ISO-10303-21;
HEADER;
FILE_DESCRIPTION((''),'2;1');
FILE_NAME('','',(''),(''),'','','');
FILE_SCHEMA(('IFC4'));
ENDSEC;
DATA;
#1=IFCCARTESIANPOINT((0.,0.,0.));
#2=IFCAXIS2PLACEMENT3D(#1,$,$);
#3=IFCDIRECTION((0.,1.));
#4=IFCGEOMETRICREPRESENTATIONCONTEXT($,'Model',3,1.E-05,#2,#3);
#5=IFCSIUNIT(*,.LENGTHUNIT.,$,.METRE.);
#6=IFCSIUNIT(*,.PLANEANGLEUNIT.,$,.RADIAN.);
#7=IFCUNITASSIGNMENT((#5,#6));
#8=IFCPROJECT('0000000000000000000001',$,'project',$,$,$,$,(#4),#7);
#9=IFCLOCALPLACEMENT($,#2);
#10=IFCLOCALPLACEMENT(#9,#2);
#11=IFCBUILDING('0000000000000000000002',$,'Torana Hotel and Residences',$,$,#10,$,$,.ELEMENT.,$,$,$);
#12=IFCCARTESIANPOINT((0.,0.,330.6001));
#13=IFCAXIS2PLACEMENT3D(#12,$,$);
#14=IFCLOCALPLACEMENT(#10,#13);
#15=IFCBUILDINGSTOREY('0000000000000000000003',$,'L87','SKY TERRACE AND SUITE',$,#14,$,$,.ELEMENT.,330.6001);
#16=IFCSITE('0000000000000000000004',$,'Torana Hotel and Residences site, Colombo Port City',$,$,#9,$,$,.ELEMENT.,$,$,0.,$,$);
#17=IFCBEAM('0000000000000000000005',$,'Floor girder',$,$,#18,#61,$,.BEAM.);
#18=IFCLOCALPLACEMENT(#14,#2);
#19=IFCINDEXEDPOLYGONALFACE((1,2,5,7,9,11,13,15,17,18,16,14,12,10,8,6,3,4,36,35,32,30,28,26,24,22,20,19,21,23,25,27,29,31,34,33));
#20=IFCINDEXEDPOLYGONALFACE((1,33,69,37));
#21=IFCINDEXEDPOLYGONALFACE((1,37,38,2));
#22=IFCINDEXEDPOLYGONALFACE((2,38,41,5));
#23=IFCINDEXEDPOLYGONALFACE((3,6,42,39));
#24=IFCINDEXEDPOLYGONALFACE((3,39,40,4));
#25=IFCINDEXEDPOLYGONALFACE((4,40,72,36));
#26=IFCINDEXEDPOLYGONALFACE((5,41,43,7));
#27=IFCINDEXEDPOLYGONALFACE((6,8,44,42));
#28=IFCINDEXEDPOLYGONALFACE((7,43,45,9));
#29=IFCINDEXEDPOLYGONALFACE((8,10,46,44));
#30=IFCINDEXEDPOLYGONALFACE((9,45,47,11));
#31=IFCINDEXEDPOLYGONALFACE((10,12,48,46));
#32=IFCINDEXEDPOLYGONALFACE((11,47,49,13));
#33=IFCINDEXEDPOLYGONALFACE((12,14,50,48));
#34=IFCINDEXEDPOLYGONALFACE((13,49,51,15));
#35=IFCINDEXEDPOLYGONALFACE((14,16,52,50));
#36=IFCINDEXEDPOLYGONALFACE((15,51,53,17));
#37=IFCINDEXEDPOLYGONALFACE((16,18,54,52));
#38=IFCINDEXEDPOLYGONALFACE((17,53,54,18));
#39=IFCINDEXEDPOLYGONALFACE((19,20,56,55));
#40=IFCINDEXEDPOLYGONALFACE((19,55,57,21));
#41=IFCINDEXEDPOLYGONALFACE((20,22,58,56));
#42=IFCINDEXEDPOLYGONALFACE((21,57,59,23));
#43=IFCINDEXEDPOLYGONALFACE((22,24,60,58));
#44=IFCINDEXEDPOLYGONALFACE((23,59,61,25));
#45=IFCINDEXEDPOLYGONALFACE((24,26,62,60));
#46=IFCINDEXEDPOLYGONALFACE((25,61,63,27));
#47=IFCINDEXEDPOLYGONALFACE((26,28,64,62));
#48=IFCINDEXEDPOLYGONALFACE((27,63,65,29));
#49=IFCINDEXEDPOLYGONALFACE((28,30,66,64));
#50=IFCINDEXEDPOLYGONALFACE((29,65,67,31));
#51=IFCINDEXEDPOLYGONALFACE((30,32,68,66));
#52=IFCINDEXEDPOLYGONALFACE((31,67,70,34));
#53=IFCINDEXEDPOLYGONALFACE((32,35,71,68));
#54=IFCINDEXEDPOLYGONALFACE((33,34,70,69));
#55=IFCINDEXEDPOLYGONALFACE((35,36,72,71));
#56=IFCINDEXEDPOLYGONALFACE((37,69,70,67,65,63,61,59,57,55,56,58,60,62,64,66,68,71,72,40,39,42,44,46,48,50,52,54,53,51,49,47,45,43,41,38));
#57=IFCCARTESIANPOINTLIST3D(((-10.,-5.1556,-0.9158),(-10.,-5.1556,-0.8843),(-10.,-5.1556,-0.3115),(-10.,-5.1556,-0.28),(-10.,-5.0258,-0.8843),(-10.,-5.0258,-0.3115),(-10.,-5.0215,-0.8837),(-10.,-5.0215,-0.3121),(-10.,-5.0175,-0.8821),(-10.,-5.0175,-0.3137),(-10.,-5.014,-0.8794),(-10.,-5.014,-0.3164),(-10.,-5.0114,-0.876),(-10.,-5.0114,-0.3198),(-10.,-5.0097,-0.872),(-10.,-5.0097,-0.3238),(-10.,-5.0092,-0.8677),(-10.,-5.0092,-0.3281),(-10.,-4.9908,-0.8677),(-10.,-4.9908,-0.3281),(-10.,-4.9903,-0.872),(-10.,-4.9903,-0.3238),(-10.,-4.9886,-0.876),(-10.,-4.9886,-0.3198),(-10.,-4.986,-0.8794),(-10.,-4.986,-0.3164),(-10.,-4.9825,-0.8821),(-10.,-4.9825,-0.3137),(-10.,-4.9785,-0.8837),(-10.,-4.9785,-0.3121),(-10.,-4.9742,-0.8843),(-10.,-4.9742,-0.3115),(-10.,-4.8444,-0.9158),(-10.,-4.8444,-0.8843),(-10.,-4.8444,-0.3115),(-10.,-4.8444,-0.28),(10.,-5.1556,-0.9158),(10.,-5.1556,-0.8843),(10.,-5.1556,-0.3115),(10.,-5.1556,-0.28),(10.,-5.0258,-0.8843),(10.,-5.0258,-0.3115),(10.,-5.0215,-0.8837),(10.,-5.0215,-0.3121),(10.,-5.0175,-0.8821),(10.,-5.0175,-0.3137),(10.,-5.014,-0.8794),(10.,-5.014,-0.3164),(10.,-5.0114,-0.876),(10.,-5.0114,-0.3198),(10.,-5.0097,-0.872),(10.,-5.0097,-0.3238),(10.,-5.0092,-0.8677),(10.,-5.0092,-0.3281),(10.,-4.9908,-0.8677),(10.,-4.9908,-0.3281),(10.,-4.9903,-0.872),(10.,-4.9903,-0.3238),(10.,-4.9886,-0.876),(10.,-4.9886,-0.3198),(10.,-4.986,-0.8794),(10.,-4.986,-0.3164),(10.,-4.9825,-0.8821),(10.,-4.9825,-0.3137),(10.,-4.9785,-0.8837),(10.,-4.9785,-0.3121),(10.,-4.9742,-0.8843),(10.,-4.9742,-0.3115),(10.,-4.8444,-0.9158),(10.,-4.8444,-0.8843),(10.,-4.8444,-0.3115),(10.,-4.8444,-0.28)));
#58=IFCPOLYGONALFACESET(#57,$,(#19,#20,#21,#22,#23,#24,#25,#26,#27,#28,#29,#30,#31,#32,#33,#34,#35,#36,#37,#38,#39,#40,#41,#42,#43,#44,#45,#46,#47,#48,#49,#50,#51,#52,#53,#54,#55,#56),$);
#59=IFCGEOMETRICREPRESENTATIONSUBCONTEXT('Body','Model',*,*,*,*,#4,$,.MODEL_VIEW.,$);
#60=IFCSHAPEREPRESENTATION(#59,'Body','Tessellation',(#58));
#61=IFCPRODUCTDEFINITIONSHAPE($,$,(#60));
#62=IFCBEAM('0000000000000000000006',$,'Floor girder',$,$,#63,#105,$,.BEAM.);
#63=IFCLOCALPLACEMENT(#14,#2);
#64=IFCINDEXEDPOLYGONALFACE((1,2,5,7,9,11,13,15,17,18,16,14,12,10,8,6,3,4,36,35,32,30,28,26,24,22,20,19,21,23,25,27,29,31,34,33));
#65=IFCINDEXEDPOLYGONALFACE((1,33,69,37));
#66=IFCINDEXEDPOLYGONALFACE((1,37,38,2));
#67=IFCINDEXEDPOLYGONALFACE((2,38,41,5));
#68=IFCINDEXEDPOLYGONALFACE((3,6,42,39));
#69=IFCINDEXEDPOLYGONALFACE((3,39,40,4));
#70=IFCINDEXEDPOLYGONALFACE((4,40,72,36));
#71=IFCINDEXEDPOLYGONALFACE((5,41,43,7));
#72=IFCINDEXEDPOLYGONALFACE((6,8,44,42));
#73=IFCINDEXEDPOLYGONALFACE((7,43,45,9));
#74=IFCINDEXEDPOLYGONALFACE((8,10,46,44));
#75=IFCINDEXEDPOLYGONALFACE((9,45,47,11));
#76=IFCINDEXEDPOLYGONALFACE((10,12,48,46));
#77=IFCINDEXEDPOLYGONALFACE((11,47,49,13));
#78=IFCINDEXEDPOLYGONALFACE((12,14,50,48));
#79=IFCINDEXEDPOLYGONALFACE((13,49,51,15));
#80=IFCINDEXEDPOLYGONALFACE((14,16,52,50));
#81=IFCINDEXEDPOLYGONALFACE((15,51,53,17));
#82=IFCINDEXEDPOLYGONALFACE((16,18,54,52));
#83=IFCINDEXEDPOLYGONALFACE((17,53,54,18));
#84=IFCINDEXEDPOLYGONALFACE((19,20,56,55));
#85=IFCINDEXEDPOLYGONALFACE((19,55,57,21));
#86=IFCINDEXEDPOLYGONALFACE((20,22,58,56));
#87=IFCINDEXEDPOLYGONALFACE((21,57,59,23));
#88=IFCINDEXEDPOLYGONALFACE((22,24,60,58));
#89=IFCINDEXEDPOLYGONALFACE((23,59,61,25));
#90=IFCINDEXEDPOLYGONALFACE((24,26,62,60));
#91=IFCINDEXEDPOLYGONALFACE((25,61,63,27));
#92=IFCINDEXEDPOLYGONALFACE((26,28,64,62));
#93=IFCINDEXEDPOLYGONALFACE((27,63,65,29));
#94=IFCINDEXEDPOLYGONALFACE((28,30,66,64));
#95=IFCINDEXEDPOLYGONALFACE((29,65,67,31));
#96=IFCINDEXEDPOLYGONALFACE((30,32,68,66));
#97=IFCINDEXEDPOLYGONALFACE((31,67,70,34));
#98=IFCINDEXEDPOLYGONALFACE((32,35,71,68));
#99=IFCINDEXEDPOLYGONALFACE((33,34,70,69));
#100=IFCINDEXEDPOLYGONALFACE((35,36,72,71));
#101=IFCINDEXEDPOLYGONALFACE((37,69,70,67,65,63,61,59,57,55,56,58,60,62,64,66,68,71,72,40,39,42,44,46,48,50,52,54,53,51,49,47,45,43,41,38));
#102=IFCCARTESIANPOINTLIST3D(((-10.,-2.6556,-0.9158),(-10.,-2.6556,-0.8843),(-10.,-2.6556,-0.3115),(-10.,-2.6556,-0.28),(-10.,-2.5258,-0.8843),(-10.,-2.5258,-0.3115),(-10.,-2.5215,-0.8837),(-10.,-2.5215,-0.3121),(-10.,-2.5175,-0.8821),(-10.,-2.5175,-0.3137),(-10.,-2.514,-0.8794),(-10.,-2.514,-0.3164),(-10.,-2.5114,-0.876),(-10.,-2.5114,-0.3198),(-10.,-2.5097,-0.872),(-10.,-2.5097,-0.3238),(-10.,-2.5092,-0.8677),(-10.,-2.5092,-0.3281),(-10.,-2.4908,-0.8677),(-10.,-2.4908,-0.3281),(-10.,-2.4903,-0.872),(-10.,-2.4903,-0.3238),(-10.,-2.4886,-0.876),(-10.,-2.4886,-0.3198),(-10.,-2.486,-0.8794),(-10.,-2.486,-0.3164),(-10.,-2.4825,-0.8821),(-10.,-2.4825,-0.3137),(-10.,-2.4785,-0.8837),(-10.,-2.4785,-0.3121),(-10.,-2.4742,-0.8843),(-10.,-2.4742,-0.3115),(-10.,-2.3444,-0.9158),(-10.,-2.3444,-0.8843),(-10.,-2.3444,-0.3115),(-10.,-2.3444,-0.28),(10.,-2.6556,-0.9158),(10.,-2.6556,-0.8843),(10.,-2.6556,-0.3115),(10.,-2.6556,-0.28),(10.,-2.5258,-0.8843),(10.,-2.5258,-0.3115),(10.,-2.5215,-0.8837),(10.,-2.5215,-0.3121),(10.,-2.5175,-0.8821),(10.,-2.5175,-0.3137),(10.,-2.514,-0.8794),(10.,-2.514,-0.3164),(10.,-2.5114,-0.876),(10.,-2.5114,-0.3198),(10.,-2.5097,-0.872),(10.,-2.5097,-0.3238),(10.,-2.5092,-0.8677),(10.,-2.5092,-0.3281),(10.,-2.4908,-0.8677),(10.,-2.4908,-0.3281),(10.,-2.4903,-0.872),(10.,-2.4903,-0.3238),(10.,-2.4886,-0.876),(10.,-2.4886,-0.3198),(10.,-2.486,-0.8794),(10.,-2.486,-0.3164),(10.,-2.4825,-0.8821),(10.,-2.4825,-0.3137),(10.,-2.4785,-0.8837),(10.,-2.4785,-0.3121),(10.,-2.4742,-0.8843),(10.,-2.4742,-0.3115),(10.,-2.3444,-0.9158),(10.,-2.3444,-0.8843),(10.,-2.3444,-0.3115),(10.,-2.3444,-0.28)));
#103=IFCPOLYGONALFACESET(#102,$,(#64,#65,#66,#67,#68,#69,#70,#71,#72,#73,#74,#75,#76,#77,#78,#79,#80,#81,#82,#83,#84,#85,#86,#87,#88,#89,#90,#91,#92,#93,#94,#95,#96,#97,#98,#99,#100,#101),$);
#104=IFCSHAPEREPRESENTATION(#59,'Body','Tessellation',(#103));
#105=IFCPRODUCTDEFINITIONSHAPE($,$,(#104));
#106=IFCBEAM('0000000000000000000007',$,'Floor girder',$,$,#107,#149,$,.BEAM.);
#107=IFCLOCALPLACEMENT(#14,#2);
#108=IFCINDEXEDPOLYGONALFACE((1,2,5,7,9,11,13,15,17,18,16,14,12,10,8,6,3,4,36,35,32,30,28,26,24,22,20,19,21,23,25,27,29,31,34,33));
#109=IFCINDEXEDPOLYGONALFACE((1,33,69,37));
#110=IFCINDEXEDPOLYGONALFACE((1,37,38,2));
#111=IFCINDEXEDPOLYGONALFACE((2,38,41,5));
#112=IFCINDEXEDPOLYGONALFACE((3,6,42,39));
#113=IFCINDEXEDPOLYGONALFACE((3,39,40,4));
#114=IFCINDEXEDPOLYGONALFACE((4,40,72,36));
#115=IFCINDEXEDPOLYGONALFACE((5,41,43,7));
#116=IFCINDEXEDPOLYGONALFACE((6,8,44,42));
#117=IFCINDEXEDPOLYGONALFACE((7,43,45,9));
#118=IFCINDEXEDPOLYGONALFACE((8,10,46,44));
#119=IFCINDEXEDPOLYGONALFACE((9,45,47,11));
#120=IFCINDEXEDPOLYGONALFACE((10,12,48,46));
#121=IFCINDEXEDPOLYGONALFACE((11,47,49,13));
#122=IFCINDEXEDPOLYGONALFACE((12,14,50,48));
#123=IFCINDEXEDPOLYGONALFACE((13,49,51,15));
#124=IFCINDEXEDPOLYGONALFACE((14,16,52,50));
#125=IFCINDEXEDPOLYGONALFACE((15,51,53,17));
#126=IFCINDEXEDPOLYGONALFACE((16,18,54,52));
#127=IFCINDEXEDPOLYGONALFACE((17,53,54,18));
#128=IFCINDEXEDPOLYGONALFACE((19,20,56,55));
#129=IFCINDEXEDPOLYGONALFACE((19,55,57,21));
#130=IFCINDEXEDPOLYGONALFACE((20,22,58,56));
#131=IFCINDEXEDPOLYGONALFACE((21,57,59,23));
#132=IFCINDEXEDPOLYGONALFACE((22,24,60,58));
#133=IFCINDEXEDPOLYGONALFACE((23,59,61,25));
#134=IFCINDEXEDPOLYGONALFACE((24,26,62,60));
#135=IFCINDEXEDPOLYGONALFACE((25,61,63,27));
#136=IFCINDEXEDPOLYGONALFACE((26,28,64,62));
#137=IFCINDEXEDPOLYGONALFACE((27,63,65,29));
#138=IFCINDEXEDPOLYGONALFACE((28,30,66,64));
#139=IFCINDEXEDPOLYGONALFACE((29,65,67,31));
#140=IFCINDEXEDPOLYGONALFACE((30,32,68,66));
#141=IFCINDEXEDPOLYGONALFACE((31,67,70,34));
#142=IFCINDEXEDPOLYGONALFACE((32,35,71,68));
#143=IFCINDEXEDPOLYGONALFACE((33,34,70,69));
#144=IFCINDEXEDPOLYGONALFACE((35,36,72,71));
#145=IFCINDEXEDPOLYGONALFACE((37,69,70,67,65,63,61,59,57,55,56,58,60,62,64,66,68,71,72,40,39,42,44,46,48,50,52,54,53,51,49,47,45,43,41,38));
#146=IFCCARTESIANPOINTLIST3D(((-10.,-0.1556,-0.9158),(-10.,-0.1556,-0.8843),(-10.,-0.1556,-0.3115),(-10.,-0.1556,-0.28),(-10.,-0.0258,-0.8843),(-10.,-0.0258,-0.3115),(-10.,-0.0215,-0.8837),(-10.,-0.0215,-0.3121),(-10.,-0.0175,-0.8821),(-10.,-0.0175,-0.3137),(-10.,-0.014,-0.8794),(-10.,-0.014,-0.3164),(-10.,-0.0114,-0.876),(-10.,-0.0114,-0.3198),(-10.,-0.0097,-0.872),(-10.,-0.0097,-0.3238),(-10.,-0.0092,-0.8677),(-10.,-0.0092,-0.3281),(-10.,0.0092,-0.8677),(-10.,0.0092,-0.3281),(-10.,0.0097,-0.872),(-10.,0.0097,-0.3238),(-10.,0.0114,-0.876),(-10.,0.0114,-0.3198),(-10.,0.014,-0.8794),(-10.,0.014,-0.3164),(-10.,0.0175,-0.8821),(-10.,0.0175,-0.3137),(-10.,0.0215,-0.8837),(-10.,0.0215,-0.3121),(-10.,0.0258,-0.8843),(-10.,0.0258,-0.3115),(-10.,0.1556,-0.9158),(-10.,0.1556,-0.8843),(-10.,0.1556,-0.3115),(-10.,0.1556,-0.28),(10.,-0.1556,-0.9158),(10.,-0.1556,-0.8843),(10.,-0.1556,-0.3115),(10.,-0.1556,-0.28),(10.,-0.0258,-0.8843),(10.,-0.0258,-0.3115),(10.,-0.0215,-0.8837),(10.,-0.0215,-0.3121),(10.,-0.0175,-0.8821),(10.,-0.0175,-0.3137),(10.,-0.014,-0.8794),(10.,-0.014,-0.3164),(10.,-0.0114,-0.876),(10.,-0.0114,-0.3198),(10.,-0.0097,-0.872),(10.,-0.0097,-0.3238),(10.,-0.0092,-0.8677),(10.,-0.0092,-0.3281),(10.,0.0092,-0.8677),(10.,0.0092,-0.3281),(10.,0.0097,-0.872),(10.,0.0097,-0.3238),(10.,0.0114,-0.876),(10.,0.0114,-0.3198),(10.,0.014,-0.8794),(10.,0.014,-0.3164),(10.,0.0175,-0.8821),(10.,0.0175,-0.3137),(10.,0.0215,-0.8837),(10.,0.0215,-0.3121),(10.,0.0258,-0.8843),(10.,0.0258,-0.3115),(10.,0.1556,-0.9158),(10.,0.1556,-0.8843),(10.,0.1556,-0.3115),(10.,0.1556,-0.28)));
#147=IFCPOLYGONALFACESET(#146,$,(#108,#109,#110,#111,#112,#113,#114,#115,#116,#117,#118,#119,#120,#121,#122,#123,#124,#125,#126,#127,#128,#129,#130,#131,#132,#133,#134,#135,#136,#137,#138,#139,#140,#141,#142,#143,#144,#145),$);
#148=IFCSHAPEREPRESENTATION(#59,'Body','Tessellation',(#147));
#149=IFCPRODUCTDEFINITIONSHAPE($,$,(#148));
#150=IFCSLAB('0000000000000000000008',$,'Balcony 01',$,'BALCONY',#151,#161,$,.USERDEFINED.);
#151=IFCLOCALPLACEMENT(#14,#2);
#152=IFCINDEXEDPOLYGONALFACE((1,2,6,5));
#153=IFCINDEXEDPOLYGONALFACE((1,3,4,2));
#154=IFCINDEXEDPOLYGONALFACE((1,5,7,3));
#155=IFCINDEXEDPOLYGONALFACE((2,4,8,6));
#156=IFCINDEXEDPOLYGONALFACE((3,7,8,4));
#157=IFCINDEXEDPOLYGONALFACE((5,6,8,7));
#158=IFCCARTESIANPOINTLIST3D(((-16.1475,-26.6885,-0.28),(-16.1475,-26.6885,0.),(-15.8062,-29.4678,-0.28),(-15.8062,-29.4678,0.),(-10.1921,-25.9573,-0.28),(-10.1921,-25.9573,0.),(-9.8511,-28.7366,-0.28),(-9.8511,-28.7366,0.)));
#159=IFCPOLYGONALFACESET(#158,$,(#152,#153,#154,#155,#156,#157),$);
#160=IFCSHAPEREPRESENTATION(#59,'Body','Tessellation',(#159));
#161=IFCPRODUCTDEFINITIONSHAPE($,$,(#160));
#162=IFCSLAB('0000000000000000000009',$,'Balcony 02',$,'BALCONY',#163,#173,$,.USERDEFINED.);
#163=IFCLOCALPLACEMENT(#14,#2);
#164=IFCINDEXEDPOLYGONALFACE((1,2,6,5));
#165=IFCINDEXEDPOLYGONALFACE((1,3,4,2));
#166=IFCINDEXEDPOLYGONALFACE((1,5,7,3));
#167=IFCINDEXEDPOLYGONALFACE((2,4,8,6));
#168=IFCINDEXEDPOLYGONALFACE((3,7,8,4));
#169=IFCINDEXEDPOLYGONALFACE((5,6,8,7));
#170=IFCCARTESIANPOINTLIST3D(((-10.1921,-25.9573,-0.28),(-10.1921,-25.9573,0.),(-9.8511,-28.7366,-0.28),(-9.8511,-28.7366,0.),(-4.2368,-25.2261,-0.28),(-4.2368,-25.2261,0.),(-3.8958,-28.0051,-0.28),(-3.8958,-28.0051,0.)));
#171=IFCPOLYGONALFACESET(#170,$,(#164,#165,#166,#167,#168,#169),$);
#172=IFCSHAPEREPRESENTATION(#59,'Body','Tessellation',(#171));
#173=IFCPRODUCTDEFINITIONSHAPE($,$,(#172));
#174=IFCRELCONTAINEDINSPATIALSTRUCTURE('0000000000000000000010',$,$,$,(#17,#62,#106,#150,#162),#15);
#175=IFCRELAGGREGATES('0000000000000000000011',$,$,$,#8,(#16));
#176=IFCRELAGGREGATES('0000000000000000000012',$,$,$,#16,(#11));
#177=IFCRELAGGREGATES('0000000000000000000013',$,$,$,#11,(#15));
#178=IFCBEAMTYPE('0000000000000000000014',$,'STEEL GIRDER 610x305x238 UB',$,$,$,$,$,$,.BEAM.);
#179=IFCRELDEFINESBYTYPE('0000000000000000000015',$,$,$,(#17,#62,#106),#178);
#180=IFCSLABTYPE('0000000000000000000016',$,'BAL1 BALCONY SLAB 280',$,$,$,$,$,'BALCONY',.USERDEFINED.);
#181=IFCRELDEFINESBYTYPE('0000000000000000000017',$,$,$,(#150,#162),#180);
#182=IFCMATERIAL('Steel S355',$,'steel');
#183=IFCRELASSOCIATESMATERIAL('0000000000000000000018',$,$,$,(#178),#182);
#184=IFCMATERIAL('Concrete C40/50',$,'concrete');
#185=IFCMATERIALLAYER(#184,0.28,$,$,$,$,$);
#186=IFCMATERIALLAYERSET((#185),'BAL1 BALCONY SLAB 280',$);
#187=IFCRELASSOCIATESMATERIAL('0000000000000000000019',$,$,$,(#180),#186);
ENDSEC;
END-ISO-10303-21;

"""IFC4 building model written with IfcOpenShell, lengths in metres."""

from ifc_helpers import new_model, si_unit, direction, frame, origin, origin_2d, place, context, subcontext, project, spatial, polyline, i_section, outline, extrude, material, layer, layer_set, material_profile, profile_set, type_object, element, save


model = new_model("IFC4")

# Units and contexts
model_context = context("Model", 3, precision=1e-05, world=origin(), true_north=direction((0.0, 1.0)))
body_context = subcontext(model_context, "Body", "Model", "MODEL_VIEW")
ifc_project = project(units=[si_unit("LENGTHUNIT", "METRE"), si_unit("PLANEANGLEUNIT", "RADIAN")], contexts=[model_context])

# Site, building, storey
site_placement = place(None, origin())
site = spatial("IfcSite", under=ifc_project, at=site_placement, Name="Torana Hotel and Residences site, Colombo Port City", CompositionType="ELEMENT", RefElevation=0.0)
building_placement = place(site_placement, origin())
building = spatial("IfcBuilding", under=site, at=building_placement, Name="Torana Hotel and Residences", CompositionType="ELEMENT")
storey_placement = place(building_placement, frame((0.0, 0.0, 330.6001)))
storey = spatial("IfcBuildingStorey", under=building, at=storey_placement, Name="L87", Description="SKY TERRACE AND SUITE", CompositionType="ELEMENT", Elevation=330.6001)

# Beams
ifc_material_1 = material(Name="Steel S355", Category="steel")
ifc_material_profile = material_profile(ifc_material_1, i_section(OverallWidth=0.3113, OverallDepth=0.6357, WebThickness=0.0183, FlangeThickness=0.0315, FilletRadius=0.0166, at=origin_2d()), Name="610x305x238 UB")
ifc_profile_set = profile_set([ifc_material_profile], Name="Steel S355")
beam_type = type_object("IfcBeamType", Name="STEEL GIRDER 610x305x238 UB", PredefinedType="BEAM", material=ifc_profile_set)
for number, where, z_axis, x_axis, name in (
    (1, (-10.0, -5.0, -0.5979), (1.0, 0.0, 0.0), (0.0, 1.0, 0.0), "Floor girder"),
    (2, (-10.0, -2.5, -0.5979), (1.0, 0.0, 0.0), (0.0, 1.0, 0.0), "Floor girder"),
    (3, (-10.0, 0.0, -0.5979), (1.0, 0.0, 0.0), (0.0, 1.0, 0.0), "Floor girder"),
):
    element("IfcBeam", number, at=place(storey_placement, frame(where, z_axis=z_axis, x_axis=x_axis)), inside=storey, type_object=beam_type, Name=name, PredefinedType="BEAM", context=body_context, shape_type="SweptSolid", body=[
        extrude(i_section(OverallWidth=0.3113, OverallDepth=0.6357, WebThickness=0.0183, FlangeThickness=0.0315, FilletRadius=0.0166, at=origin_2d()), origin(), (0.0, 0.0, 1.0), 20.0),
    ])

# Slabs
ifc_material_2 = material(Name="Concrete C40/50", Category="concrete")
ifc_layer_1 = layer(ifc_material_2, 0.28)
ifc_layer_set_1 = layer_set([ifc_layer_1], Name="BAL1 BALCONY SLAB 280")
slab_type_1 = type_object("IfcSlabType", Name="BAL1 BALCONY SLAB 280", ElementType="BALCONY", PredefinedType="USERDEFINED", material=ifc_layer_set_1)
slab_1_placement = place(storey_placement, frame((0.0, 0.0, -0.28)))
element("IfcSlab", 4, at=slab_1_placement, inside=storey, type_object=slab_type_1, Name="Balcony 01", ObjectType="BALCONY", PredefinedType="USERDEFINED", context=body_context, shape_type="SweptSolid", body=[
    extrude(outline(polyline([(-15.8062, -29.4678), (-9.8511, -28.7366), (-10.1921, -25.9573), (-16.1475, -26.6885), (-15.8062, -29.4678)])), origin(), (0.0, 0.0, 1.0), 0.28),
])
slab_2_placement = place(storey_placement, frame((0.0, 0.0, -0.28)))
element("IfcSlab", 5, at=slab_2_placement, inside=storey, type_object=slab_type_1, Name="Balcony 02", ObjectType="BALCONY", PredefinedType="USERDEFINED", context=body_context, shape_type="SweptSolid", body=[
    extrude(outline(polyline([(-9.8511, -28.7366), (-3.8958, -28.0051), (-4.2368, -25.2261), (-10.1921, -25.9573), (-9.8511, -28.7366)])), origin(), (0.0, 0.0, 1.0), 0.28),
])

save(model, "model.ifc")
